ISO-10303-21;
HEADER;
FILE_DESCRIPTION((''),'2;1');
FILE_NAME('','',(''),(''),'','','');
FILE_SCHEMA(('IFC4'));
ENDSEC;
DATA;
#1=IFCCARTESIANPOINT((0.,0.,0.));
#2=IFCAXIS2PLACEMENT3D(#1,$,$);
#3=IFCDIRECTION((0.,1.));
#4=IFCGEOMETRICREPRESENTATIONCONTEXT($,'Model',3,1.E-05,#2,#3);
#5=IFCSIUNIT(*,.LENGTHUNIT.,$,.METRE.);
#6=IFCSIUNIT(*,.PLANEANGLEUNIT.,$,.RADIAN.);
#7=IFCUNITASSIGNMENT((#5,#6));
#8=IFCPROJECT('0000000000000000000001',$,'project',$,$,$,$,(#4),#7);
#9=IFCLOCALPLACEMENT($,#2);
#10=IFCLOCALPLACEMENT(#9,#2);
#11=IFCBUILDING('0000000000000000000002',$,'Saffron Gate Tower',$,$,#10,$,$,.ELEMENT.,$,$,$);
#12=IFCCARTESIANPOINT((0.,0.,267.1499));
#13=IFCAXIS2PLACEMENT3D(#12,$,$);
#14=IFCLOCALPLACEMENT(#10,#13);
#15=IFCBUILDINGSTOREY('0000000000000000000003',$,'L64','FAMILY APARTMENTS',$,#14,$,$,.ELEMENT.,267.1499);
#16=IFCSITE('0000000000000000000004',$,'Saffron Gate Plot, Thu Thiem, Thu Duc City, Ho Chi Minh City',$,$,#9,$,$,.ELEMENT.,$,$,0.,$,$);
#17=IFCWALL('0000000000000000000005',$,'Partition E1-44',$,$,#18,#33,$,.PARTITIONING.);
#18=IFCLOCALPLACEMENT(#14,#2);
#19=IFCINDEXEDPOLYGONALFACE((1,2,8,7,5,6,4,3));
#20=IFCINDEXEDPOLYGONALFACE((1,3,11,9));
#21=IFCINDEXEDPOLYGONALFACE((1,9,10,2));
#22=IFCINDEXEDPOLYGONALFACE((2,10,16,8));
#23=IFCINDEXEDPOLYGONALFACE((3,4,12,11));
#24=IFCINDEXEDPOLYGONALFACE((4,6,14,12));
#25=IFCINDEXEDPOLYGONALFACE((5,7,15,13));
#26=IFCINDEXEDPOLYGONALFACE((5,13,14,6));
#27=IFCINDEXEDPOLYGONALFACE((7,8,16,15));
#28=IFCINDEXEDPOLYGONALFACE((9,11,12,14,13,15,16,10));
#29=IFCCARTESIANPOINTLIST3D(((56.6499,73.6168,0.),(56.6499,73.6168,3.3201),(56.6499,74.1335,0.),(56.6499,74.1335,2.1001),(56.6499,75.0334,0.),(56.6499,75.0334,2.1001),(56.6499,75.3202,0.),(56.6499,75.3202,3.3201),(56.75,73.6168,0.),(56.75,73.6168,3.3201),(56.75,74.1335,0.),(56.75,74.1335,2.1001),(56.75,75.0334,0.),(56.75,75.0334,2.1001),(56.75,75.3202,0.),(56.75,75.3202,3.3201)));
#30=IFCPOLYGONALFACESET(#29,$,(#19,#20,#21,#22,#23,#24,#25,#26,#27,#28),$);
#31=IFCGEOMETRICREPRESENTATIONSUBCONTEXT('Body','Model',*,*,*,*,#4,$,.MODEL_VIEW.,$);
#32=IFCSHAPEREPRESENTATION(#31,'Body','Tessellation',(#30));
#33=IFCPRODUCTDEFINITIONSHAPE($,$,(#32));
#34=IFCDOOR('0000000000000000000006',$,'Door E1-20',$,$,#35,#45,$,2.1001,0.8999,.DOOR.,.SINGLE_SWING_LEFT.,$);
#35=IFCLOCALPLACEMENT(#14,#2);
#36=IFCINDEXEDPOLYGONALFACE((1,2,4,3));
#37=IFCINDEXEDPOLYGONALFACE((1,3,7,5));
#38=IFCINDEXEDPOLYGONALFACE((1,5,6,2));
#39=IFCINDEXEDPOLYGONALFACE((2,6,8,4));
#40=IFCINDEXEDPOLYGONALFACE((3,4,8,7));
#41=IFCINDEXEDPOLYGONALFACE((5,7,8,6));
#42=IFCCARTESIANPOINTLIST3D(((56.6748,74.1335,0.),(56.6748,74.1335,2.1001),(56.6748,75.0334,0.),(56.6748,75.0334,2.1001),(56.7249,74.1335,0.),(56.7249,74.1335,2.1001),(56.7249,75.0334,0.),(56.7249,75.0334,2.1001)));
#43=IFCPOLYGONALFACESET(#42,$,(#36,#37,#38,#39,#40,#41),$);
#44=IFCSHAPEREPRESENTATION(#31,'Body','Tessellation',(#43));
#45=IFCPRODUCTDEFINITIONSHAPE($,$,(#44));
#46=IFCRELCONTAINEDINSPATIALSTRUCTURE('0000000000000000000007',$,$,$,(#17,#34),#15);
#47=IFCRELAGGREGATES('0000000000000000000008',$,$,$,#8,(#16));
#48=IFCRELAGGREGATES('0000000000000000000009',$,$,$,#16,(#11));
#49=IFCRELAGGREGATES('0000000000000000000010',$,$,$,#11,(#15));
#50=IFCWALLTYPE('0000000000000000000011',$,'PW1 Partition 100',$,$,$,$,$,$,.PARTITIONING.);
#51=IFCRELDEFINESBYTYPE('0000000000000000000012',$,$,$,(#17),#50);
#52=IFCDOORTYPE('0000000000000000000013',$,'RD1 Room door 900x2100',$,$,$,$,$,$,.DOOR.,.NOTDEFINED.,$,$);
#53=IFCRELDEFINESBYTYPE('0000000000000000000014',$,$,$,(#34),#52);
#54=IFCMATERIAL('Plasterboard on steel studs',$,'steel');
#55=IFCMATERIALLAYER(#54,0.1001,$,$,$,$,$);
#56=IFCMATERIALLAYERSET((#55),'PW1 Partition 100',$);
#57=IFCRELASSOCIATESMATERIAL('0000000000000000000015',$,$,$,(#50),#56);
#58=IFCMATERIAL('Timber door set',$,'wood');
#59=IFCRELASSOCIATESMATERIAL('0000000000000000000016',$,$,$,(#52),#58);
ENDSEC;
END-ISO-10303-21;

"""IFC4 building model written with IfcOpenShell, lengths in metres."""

from ifc_helpers import new_model, si_unit, direction, frame, frame_2d, origin, place, context, subcontext, project, spatial, rectangle, extrude, material, layer, layer_set, type_object, element, fill, save


model = new_model("IFC4")

# Units and contexts
model_context = context("Model", 3, precision=1e-05, world=origin(), true_north=direction((0.0, 1.0)))
body_context = subcontext(model_context, "Body", "Model", "MODEL_VIEW")
ifc_project = project(units=[si_unit("LENGTHUNIT", "METRE"), si_unit("PLANEANGLEUNIT", "RADIAN")], contexts=[model_context])

# Site, building, storey
site_placement = place(None, origin())
site = spatial("IfcSite", under=ifc_project, at=site_placement, Name="Saffron Gate Plot, Thu Thiem, Thu Duc City, Ho Chi Minh City", CompositionType="ELEMENT", RefElevation=0.0)
building_placement = place(site_placement, origin())
building = spatial("IfcBuilding", under=site, at=building_placement, Name="Saffron Gate Tower", CompositionType="ELEMENT")
storey_placement = place(building_placement, frame((0.0, 0.0, 267.1499)))
storey = spatial("IfcBuildingStorey", under=building, at=storey_placement, Name="L64", Description="FAMILY APARTMENTS", CompositionType="ELEMENT", Elevation=267.1499)

# Shared definitions
ifc_material_1 = material(Name="Plasterboard on steel studs", Category="steel")
ifc_layer_1 = layer(ifc_material_1, 0.1001)
ifc_layer_set_1 = layer_set([ifc_layer_1], Name="PW1 Partition 100")
wall_type = type_object("IfcWallType", Name="PW1 Partition 100", PredefinedType="PARTITIONING", material=ifc_layer_set_1)

# Wall, opening, door
ifc_material_2 = material(Name="Timber door set", Category="wood")
wall_1_placement = place(storey_placement, frame((56.7, 75.3201, 0.0), z_axis=(0.0, 0.0, 1.0), x_axis=(0.0, -1.0, 0.0)))
wall_1 = element("IfcWall", 1, at=wall_1_placement, inside=storey, type_object=wall_type, Name="Partition E1-44", PredefinedType="PARTITIONING", context=body_context, shape_type="SweptSolid", body=[
    extrude(rectangle(XDim=1.7034, YDim=0.1001, at=frame_2d((0.8516, 0.0))), origin(), (0.0, 0.0, 1.0), 3.3201),
])
opening_1_placement = place(wall_1_placement, frame((0.2866, 0.0, 0.0)))
opening_1 = element("IfcOpeningElement", 2, at=opening_1_placement, cuts=wall_1, PredefinedType="OPENING", context=body_context, shape_type="SweptSolid", body=[
    extrude(rectangle(XDim=0.8999, YDim=2.1001, at=frame_2d((0.45, 1.05))), frame((0.0, 0.0601, 0.0), z_axis=(0.0, -1.0, 0.0), x_axis=(1.0, 0.0, 0.0)), (0.0, 0.0, 1.0), 0.1201),
])
door_type_1 = type_object("IfcDoorType", Name="RD1 Room door 900x2100", OperationType="NOTDEFINED", PredefinedType="DOOR", material=ifc_material_2)
door_1_placement = place(opening_1_placement, origin())
door_1 = element("IfcDoor", 3, at=door_1_placement, inside=storey, type_object=door_type_1, Name="Door E1-20", OperationType="SINGLE_SWING_LEFT", OverallHeight=2.1001, OverallWidth=0.8999, PredefinedType="DOOR", context=body_context, shape_type="SweptSolid", body=[
    extrude(rectangle(XDim=0.8999, YDim=2.1001, at=frame_2d((0.45, 1.05))), frame((0.0, 0.0249, 0.0), z_axis=(0.0, -1.0, 0.0), x_axis=(1.0, 0.0, 0.0)), (0.0, 0.0, 1.0), 0.05),
])
fill(opening_1, door_1)

save(model, "model.ifc")
